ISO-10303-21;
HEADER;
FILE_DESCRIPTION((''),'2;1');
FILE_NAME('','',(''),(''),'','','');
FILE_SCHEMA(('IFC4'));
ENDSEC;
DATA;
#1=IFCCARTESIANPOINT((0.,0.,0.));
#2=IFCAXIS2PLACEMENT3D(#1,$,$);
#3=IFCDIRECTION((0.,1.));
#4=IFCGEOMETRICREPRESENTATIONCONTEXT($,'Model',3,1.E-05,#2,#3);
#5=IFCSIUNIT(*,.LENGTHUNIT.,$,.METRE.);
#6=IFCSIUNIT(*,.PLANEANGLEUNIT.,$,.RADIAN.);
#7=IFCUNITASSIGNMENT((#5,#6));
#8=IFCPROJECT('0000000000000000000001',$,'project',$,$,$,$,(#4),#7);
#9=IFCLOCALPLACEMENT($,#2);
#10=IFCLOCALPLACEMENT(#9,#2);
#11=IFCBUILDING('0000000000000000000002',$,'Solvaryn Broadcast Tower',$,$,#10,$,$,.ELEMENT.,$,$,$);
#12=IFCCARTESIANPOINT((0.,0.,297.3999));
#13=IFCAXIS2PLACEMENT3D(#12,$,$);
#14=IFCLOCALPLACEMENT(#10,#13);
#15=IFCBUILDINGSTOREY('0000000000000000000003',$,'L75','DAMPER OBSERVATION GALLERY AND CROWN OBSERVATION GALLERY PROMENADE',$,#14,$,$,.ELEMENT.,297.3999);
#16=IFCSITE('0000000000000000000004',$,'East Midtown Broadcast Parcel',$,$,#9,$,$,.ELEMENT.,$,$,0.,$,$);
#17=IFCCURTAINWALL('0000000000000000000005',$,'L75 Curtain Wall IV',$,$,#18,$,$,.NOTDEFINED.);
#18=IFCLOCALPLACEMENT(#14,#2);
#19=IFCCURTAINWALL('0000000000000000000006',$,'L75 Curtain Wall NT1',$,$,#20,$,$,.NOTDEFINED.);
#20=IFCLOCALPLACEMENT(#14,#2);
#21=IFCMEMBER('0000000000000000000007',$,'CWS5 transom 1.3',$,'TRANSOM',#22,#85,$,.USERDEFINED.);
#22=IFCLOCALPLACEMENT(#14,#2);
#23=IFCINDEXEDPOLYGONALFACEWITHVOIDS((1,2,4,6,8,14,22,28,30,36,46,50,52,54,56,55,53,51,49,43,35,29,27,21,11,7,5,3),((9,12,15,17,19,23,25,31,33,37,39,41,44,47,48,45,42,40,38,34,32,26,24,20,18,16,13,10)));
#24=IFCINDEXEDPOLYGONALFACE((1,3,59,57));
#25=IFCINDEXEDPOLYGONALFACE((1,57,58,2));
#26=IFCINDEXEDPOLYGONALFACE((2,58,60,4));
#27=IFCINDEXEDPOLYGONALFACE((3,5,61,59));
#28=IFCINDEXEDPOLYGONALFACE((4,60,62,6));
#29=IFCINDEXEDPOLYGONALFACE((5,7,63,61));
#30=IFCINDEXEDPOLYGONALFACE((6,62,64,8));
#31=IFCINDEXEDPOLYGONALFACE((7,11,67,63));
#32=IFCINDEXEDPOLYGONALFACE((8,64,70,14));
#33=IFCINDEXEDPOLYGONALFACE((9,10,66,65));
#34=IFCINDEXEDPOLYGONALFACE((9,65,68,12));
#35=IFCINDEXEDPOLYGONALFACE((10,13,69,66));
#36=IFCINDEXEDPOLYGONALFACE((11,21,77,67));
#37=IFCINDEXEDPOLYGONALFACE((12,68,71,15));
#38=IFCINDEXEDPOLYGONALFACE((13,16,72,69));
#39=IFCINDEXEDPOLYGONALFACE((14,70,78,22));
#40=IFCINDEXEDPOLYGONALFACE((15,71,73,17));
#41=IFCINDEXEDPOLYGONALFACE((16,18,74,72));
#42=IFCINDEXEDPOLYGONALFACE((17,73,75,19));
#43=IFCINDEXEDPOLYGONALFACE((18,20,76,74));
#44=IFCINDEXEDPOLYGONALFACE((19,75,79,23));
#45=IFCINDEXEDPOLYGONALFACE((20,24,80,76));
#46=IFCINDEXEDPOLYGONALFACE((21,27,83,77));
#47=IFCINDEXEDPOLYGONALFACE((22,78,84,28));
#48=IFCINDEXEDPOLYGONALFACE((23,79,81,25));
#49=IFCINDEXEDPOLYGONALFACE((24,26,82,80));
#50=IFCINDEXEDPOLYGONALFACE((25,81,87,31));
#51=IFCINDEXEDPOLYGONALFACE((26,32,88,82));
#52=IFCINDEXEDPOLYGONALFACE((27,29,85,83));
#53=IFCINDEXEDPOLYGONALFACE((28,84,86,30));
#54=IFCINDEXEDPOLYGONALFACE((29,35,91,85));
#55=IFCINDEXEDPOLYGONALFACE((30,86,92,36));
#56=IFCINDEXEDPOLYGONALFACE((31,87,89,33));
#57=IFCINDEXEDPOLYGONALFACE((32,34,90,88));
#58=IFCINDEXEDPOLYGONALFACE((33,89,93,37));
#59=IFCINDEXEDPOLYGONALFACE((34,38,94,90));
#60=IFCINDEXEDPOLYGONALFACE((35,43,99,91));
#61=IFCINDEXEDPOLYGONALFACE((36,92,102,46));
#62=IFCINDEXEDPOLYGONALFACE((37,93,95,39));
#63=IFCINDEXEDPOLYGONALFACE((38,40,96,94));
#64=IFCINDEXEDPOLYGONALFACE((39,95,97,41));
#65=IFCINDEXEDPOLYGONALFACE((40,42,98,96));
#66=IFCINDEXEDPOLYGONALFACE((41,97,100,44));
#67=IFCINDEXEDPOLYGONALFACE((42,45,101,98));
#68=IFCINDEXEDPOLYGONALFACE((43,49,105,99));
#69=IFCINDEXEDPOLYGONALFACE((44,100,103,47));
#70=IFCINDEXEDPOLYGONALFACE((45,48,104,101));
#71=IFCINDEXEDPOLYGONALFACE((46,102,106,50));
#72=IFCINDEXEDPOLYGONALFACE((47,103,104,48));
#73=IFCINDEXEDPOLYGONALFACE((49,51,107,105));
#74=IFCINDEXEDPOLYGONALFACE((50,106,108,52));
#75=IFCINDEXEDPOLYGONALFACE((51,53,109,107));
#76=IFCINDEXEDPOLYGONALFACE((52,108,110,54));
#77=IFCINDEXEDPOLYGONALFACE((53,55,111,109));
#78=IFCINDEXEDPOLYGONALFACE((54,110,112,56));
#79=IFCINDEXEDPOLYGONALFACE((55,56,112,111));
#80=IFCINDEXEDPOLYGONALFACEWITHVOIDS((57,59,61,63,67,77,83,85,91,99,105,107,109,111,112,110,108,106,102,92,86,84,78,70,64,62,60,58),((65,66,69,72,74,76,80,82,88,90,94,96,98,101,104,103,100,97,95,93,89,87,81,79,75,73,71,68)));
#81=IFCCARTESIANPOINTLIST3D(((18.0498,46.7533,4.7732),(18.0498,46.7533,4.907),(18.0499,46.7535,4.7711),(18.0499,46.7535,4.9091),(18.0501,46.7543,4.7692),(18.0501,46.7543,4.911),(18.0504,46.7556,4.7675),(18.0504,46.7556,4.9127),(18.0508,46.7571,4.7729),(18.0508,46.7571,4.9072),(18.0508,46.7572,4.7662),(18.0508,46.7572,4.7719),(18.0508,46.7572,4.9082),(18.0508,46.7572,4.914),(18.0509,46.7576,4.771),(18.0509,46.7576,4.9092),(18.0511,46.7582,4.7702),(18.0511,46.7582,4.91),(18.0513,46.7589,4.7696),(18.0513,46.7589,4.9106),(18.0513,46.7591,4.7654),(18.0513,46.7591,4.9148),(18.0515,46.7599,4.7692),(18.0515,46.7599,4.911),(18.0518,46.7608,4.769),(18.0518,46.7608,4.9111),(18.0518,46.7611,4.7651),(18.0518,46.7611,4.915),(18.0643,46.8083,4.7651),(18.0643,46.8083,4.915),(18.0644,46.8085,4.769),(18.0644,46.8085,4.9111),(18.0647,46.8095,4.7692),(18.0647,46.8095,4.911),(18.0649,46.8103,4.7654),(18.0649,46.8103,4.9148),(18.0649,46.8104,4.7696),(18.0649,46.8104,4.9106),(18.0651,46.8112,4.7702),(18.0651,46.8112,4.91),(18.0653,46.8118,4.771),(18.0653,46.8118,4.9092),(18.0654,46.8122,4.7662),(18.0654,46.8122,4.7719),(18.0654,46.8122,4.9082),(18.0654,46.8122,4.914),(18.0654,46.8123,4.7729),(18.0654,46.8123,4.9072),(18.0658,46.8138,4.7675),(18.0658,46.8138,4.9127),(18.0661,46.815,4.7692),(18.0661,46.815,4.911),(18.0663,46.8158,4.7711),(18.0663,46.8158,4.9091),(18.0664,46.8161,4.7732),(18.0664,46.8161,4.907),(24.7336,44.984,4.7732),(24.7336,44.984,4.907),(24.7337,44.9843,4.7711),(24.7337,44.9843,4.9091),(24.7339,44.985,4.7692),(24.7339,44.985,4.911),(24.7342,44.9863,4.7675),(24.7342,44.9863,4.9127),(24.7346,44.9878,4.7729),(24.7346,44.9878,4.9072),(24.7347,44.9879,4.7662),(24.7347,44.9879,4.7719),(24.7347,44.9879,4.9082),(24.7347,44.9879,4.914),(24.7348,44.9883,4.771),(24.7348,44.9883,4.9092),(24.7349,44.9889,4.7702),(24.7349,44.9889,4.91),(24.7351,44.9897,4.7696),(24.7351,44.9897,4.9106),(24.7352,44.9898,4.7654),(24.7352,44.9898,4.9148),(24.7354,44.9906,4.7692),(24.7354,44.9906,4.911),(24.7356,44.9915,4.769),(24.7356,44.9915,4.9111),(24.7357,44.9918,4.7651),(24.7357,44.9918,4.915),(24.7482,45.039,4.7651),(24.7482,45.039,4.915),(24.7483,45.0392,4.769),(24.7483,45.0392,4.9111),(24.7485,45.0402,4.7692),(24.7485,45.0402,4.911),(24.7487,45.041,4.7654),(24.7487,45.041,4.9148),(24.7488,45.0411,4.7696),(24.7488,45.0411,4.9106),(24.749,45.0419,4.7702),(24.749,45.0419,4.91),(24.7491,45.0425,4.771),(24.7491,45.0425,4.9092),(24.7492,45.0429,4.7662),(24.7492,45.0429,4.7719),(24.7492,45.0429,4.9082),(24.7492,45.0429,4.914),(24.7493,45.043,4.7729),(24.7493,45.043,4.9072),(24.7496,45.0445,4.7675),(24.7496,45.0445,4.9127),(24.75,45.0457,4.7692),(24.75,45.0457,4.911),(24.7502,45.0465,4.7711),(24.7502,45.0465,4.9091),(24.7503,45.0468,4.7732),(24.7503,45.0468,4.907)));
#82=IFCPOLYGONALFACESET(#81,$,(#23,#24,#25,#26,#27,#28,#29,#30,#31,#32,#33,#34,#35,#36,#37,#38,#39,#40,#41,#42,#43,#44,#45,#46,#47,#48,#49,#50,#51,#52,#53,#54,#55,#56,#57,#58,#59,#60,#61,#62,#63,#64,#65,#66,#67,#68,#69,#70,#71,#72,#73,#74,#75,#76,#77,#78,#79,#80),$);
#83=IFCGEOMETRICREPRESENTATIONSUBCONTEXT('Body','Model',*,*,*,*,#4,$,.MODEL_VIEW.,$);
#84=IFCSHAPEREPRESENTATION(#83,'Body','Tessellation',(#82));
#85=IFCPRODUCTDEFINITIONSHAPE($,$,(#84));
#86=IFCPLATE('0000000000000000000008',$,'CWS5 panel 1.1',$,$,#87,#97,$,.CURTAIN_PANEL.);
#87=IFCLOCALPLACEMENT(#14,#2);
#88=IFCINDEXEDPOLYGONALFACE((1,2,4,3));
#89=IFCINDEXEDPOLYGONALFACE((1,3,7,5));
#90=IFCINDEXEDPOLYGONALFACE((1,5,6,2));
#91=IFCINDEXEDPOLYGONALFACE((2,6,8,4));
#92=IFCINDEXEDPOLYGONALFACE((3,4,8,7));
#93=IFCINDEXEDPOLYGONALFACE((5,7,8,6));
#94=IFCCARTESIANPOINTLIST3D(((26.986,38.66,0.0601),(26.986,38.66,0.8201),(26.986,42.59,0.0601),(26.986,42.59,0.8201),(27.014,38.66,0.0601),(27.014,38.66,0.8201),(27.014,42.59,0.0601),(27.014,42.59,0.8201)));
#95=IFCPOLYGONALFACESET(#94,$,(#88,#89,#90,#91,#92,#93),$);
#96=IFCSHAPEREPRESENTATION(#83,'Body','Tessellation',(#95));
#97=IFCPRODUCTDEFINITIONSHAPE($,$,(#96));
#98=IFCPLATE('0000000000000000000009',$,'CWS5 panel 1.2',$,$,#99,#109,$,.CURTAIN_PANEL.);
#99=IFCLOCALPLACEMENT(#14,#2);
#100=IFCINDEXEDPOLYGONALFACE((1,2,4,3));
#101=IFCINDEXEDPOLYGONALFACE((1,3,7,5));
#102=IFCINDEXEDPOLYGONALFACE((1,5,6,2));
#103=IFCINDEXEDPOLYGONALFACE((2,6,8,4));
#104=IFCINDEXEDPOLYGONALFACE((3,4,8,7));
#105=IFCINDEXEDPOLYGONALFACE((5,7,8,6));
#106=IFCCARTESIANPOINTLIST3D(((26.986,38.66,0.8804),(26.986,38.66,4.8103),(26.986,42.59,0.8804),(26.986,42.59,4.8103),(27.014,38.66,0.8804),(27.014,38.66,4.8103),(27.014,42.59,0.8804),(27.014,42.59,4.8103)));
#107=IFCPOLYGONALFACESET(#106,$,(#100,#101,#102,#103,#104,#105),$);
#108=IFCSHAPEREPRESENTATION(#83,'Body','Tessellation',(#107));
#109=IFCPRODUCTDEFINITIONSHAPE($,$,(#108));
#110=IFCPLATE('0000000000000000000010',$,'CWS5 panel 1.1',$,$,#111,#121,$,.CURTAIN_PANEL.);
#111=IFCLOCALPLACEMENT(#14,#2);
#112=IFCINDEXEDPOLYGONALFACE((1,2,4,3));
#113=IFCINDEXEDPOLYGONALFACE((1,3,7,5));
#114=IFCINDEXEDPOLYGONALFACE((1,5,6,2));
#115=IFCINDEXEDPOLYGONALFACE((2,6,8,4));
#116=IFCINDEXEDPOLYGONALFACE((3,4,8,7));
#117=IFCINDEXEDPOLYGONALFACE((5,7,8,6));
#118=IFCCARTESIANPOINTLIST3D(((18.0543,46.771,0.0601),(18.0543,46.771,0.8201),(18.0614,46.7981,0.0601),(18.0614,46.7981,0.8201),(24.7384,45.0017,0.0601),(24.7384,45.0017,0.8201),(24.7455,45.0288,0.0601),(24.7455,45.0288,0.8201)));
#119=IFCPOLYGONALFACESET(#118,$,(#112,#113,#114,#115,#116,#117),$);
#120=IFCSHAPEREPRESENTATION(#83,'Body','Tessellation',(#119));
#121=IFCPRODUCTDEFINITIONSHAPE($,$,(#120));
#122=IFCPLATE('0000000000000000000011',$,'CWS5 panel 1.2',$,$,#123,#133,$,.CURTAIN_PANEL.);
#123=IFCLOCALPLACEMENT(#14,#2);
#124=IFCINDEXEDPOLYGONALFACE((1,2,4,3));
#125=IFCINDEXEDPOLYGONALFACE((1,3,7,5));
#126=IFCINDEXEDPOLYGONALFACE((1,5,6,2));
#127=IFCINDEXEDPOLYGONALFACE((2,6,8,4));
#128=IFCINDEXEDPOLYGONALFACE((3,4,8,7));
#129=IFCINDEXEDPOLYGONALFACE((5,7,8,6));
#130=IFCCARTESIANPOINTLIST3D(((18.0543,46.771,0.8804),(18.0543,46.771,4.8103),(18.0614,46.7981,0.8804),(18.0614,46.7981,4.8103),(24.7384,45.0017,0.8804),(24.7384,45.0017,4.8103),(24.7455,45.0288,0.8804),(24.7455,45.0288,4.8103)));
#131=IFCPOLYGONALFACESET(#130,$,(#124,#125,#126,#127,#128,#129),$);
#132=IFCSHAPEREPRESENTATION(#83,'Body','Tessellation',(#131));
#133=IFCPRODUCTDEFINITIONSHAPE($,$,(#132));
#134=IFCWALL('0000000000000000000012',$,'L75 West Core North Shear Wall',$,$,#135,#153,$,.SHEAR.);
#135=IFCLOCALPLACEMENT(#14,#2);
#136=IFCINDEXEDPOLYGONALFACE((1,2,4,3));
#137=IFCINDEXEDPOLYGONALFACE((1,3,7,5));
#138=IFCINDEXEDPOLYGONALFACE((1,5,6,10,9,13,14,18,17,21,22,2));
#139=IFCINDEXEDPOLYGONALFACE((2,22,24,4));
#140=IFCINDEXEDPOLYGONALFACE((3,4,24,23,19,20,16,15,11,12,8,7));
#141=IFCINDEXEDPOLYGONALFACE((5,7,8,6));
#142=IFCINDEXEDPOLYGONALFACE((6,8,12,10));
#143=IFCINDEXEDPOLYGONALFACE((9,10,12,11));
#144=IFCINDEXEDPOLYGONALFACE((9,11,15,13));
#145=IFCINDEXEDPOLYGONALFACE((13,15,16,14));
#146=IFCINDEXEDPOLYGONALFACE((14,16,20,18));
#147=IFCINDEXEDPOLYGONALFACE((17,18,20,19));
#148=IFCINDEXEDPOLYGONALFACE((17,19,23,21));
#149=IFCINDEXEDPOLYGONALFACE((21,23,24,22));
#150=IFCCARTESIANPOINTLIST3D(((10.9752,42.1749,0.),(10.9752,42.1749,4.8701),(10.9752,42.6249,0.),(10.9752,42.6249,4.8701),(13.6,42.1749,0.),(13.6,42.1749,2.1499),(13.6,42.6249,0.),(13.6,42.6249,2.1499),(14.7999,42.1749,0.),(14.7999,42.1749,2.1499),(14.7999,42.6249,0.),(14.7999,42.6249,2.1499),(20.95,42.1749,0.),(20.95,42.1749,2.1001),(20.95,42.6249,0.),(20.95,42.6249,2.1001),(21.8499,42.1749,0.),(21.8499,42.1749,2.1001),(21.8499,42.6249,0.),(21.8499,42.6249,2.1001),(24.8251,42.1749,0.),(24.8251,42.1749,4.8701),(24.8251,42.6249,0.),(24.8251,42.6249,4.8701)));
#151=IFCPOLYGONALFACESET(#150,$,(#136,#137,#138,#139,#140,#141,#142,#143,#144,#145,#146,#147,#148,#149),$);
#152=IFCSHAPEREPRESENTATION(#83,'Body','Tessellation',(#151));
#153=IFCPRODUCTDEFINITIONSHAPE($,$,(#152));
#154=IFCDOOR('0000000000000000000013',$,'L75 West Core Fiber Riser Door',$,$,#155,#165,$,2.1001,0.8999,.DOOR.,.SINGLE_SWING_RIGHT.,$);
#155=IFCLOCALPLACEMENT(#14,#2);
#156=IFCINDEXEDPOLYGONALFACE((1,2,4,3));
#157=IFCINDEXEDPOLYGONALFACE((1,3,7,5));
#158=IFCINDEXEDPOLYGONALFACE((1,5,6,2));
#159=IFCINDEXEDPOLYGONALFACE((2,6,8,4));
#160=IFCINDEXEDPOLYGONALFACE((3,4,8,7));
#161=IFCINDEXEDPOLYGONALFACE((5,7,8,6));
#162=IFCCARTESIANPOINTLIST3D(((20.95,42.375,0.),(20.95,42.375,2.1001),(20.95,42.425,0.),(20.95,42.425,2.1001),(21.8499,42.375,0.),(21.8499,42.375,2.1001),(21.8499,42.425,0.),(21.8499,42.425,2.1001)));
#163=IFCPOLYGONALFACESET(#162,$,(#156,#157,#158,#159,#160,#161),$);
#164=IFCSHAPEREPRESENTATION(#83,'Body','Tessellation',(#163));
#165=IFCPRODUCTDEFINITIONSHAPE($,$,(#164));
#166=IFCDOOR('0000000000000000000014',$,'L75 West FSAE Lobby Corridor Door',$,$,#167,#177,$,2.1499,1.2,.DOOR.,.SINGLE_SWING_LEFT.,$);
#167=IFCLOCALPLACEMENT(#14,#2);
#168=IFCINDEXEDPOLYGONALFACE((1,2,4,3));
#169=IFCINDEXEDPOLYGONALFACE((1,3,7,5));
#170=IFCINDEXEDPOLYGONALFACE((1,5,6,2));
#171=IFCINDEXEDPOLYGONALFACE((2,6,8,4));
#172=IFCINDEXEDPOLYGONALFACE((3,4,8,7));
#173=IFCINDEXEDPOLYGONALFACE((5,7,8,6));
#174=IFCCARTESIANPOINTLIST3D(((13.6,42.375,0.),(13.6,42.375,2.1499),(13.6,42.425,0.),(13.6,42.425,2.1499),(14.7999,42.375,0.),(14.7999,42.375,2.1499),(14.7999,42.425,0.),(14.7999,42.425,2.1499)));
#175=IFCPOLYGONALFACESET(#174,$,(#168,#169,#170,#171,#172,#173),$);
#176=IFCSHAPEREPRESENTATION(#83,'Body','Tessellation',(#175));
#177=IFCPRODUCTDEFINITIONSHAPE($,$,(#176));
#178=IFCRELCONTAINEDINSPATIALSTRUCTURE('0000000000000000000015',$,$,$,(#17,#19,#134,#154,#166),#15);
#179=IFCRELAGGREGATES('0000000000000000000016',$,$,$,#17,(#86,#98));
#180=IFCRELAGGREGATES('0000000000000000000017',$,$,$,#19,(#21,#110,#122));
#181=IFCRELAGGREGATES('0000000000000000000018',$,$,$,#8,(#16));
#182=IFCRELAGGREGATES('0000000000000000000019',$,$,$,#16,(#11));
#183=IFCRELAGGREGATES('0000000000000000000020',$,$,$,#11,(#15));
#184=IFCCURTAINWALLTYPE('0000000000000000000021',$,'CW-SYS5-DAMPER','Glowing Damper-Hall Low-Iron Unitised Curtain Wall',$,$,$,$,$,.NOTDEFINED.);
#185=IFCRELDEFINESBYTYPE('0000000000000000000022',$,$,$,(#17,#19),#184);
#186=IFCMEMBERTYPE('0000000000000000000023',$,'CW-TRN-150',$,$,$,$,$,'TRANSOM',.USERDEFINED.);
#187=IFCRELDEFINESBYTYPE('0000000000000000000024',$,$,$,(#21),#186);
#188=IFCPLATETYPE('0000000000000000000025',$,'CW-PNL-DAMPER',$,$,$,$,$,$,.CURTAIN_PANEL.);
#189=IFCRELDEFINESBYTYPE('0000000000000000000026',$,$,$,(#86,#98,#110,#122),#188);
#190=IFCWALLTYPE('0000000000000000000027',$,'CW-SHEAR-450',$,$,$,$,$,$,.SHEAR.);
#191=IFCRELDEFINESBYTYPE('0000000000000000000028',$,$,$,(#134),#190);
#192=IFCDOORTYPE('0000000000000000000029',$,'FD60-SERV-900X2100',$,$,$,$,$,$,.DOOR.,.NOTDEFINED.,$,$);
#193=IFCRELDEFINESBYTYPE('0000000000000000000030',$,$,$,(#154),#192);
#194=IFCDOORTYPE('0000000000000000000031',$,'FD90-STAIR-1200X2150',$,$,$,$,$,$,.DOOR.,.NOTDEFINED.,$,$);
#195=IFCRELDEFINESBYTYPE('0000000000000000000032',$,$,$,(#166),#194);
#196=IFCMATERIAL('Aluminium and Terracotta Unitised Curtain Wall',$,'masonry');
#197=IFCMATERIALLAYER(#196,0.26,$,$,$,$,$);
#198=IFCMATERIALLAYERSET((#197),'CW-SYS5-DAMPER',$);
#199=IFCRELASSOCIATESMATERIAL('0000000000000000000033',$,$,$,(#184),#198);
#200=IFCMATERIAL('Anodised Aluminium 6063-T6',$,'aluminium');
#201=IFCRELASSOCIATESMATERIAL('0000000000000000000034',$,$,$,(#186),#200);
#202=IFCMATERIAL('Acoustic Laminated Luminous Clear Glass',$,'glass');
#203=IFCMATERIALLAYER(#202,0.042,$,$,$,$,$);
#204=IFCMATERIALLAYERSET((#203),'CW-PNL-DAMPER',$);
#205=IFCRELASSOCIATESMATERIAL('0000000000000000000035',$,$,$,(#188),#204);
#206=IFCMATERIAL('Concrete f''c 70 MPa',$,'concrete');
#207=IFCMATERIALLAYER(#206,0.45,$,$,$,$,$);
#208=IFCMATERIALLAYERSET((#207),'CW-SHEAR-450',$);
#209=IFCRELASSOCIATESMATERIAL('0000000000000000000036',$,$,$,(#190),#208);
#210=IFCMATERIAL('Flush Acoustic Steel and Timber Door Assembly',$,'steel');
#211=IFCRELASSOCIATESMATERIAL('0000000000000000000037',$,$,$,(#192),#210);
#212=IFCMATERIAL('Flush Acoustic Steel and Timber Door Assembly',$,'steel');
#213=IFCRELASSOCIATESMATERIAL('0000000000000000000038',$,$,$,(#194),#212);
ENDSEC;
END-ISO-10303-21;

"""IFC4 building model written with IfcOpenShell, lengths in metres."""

from ifc_helpers import new_model, si_unit, direction, frame, frame_2d, origin, origin_2d, place, context, subcontext, project, spatial, rectangle, hollow_rectangle, extrude, material, layer, layer_set, material_profile, profile_set, type_object, element, fill, aggregate, save


model = new_model("IFC4")

# Units and contexts
model_context = context("Model", 3, precision=1e-05, world=origin(), true_north=direction((0.0, 1.0)))
body_context = subcontext(model_context, "Body", "Model", "MODEL_VIEW")
ifc_project = project(units=[si_unit("LENGTHUNIT", "METRE"), si_unit("PLANEANGLEUNIT", "RADIAN")], contexts=[model_context])

# Site, building, storey
site_placement = place(None, origin())
site = spatial("IfcSite", under=ifc_project, at=site_placement, Name="East Midtown Broadcast Parcel", CompositionType="ELEMENT", RefElevation=0.0)
building_placement = place(site_placement, origin())
building = spatial("IfcBuilding", under=site, at=building_placement, Name="Solvaryn Broadcast Tower", CompositionType="ELEMENT")
storey_placement = place(building_placement, frame((0.0, 0.0, 297.3999)))
storey = spatial("IfcBuildingStorey", under=building, at=storey_placement, Name="L75", Description="DAMPER OBSERVATION GALLERY AND CROWN OBSERVATION GALLERY PROMENADE", CompositionType="ELEMENT", Elevation=297.3999)

# Curtain wall
ifc_material_1 = material(Name="Aluminium and Terracotta Unitised Curtain Wall", Category="masonry")
ifc_layer_1 = layer(ifc_material_1, 0.26)
ifc_layer_set_1 = layer_set([ifc_layer_1], Name="CW-SYS5-DAMPER")
curtain_wall_type = type_object("IfcCurtainWallType", Name="CW-SYS5-DAMPER", Description="Glowing Damper-Hall Low-Iron Unitised Curtain Wall", PredefinedType="NOTDEFINED", material=ifc_layer_set_1)
curtain_wall_1_placement = place(storey_placement, origin())
curtain_wall_1 = element("IfcCurtainWall", 1, at=curtain_wall_1_placement, inside=storey, type_object=curtain_wall_type, Name="L75 Curtain Wall IV", PredefinedType="NOTDEFINED")

# Curtain wall, member
curtain_wall_2_placement = place(storey_placement, origin())
curtain_wall_2 = element("IfcCurtainWall", 2, at=curtain_wall_2_placement, inside=storey, type_object=curtain_wall_type, Name="L75 Curtain Wall NT1", PredefinedType="NOTDEFINED")
ifc_material_2 = material(Name="Anodised Aluminium 6063-T6", Category="aluminium")
ifc_material_profile_1 = material_profile(ifc_material_2, hollow_rectangle(XDim=0.0649, YDim=0.1499, WallThickness=0.0039, InnerFilletRadius=0.0039, OuterFilletRadius=0.0081, at=origin_2d()))
ifc_profile_set_1 = profile_set([ifc_material_profile_1], Name="Anodised Aluminium 6063-T6")
member_type_1 = type_object("IfcMemberType", Name="CW-TRN-150", ElementType="TRANSOM", PredefinedType="USERDEFINED", material=ifc_profile_set_1)
member_1_placement = place(storey_placement, frame((24.7419, 45.0154, 4.8401), z_axis=(-0.966704, 0.255897, 0.0), x_axis=(-0.255897, -0.966704, 0.0)))
member_1 = element("IfcMember", 3, at=member_1_placement, type_object=member_type_1, Name="CWS5 transom 1.3", ObjectType="TRANSOM", PredefinedType="USERDEFINED", context=body_context, shape_type="SweptSolid", body=[
    extrude(hollow_rectangle(XDim=0.0649, YDim=0.1499, WallThickness=0.0039, InnerFilletRadius=0.0039, OuterFilletRadius=0.0081, at=origin_2d()), origin(), (0.0, 0.0, 1.0), 6.9141),
])

# Plates
ifc_material_3 = material(Name="Acoustic Laminated Luminous Clear Glass", Category="glass")
ifc_layer_2 = layer(ifc_material_3, 0.042)
ifc_layer_set_2 = layer_set([ifc_layer_2], Name="CW-PNL-DAMPER")
plate_type = type_object("IfcPlateType", Name="CW-PNL-DAMPER", PredefinedType="CURTAIN_PANEL", material=ifc_layer_set_2)
plate_1_placement = place(storey_placement, frame((27.0, 40.625, 0.0601), z_axis=(0.0, 0.0, 1.0), x_axis=(0.0, -1.0, 0.0)))
plate_1 = element("IfcPlate", 4, at=plate_1_placement, type_object=plate_type, Name="CWS5 panel 1.1", PredefinedType="CURTAIN_PANEL", context=body_context, shape_type="SweptSolid", body=[
    extrude(rectangle(XDim=3.9299, YDim=0.0281, at=origin_2d()), origin(), (0.0, 0.0, 1.0), 0.76),
])
plate_2_placement = place(storey_placement, frame((27.0, 40.625, 0.8804), z_axis=(0.0, 0.0, 1.0), x_axis=(0.0, -1.0, 0.0)))
plate_2 = element("IfcPlate", 5, at=plate_2_placement, type_object=plate_type, Name="CWS5 panel 1.2", PredefinedType="CURTAIN_PANEL", context=body_context, shape_type="SweptSolid", body=[
    extrude(rectangle(XDim=3.9299, YDim=0.0281, at=origin_2d()), origin(), (0.0, 0.0, 1.0), 3.9299),
])
aggregate(curtain_wall_1, [plate_1, plate_2])
plate_3_placement = place(storey_placement, frame((21.3999, 45.8999, 0.0601), z_axis=(0.0, 0.0, 1.0), x_axis=(-0.966705, 0.255893, 0.0)))
plate_3 = element("IfcPlate", 6, at=plate_3_placement, type_object=plate_type, Name="CWS5 panel 1.1", PredefinedType="CURTAIN_PANEL", context=body_context, shape_type="SweptSolid", body=[
    extrude(rectangle(XDim=6.9143, YDim=0.0281, at=origin_2d()), origin(), (0.0, 0.0, 1.0), 0.76),
])
plate_4_placement = place(storey_placement, frame((21.3999, 45.8999, 0.8804), z_axis=(0.0, 0.0, 1.0), x_axis=(-0.966705, 0.255893, 0.0)))
plate_4 = element("IfcPlate", 7, at=plate_4_placement, type_object=plate_type, Name="CWS5 panel 1.2", PredefinedType="CURTAIN_PANEL", context=body_context, shape_type="SweptSolid", body=[
    extrude(rectangle(XDim=6.9143, YDim=0.0281, at=origin_2d()), origin(), (0.0, 0.0, 1.0), 3.9299),
])
aggregate(curtain_wall_2, [member_1, plate_3, plate_4])

# Wall, openings, doors
ifc_material_4 = material(Name="Concrete f'c 70 MPa", Category="concrete")
ifc_layer_3 = layer(ifc_material_4, 0.45)
ifc_layer_set_3 = layer_set([ifc_layer_3], Name="CW-SHEAR-450")
wall_type_1 = type_object("IfcWallType", Name="CW-SHEAR-450", PredefinedType="SHEAR", material=ifc_layer_set_3)
wall_1_placement = place(storey_placement, frame((24.825, 42.3999, 0.0), z_axis=(0.0, 0.0, 1.0), x_axis=(-1.0, 0.0, 0.0)))
wall_1 = element("IfcWall", 8, at=wall_1_placement, inside=storey, type_object=wall_type_1, Name="L75 West Core North Shear Wall", PredefinedType="SHEAR", context=body_context, shape_type="SweptSolid", body=[
    extrude(rectangle(XDim=13.8499, YDim=0.45, at=frame_2d((6.9248, 0.0))), origin(), (0.0, 0.0, 1.0), 4.8701),
])
opening_1_placement = place(wall_1_placement, frame((10.0249, 0.0, 0.0)))
opening_1 = element("IfcOpeningElement", 9, at=opening_1_placement, cuts=wall_1, PredefinedType="OPENING", context=body_context, shape_type="SweptSolid", body=[
    extrude(rectangle(XDim=1.2, YDim=2.1499, at=frame_2d((0.6001, 1.075))), frame((0.0, 0.2351, 0.0), z_axis=(0.0, -1.0, 0.0), x_axis=(1.0, 0.0, 0.0)), (0.0, 0.0, 1.0), 0.47),
])
opening_2_placement = place(wall_1_placement, frame((2.9751, 0.0, 0.0)))
opening_2 = element("IfcOpeningElement", 10, at=opening_2_placement, cuts=wall_1, PredefinedType="OPENING", context=body_context, shape_type="SweptSolid", body=[
    extrude(rectangle(XDim=0.8999, YDim=2.1001, at=frame_2d((0.45, 1.05))), frame((0.0, 0.2351, 0.0), z_axis=(0.0, -1.0, 0.0), x_axis=(1.0, 0.0, 0.0)), (0.0, 0.0, 1.0), 0.47),
])
ifc_material_5 = material(Name="Flush Acoustic Steel and Timber Door Assembly", Category="steel")
door_type_1 = type_object("IfcDoorType", Name="FD60-SERV-900X2100", OperationType="NOTDEFINED", PredefinedType="DOOR", material=ifc_material_5)
door_1_placement = place(opening_2_placement, origin())
door_1 = element("IfcDoor", 11, at=door_1_placement, inside=storey, type_object=door_type_1, Name="L75 West Core Fiber Riser Door", OperationType="SINGLE_SWING_RIGHT", OverallHeight=2.1001, OverallWidth=0.8999, PredefinedType="DOOR", context=body_context, shape_type="SweptSolid", body=[
    extrude(rectangle(XDim=0.8999, YDim=2.1001, at=frame_2d((0.45, 1.05))), frame((0.0, 0.0249, 0.0), z_axis=(0.0, -1.0, 0.0), x_axis=(1.0, 0.0, 0.0)), (0.0, 0.0, 1.0), 0.05),
])
fill(opening_2, door_1)
ifc_material_6 = material(Name="Flush Acoustic Steel and Timber Door Assembly", Category="steel")
door_type_2 = type_object("IfcDoorType", Name="FD90-STAIR-1200X2150", OperationType="NOTDEFINED", PredefinedType="DOOR", material=ifc_material_6)
door_2_placement = place(opening_1_placement, origin())
door_2 = element("IfcDoor", 12, at=door_2_placement, inside=storey, type_object=door_type_2, Name="L75 West FSAE Lobby Corridor Door", OperationType="SINGLE_SWING_LEFT", OverallHeight=2.1499, OverallWidth=1.2, PredefinedType="DOOR", context=body_context, shape_type="SweptSolid", body=[
    extrude(rectangle(XDim=1.2, YDim=2.1499, at=frame_2d((0.6001, 1.075))), frame((0.0, 0.0249, 0.0), z_axis=(0.0, -1.0, 0.0), x_axis=(1.0, 0.0, 0.0)), (0.0, 0.0, 1.0), 0.05),
])
fill(opening_1, door_2)

save(model, "model.ifc")
